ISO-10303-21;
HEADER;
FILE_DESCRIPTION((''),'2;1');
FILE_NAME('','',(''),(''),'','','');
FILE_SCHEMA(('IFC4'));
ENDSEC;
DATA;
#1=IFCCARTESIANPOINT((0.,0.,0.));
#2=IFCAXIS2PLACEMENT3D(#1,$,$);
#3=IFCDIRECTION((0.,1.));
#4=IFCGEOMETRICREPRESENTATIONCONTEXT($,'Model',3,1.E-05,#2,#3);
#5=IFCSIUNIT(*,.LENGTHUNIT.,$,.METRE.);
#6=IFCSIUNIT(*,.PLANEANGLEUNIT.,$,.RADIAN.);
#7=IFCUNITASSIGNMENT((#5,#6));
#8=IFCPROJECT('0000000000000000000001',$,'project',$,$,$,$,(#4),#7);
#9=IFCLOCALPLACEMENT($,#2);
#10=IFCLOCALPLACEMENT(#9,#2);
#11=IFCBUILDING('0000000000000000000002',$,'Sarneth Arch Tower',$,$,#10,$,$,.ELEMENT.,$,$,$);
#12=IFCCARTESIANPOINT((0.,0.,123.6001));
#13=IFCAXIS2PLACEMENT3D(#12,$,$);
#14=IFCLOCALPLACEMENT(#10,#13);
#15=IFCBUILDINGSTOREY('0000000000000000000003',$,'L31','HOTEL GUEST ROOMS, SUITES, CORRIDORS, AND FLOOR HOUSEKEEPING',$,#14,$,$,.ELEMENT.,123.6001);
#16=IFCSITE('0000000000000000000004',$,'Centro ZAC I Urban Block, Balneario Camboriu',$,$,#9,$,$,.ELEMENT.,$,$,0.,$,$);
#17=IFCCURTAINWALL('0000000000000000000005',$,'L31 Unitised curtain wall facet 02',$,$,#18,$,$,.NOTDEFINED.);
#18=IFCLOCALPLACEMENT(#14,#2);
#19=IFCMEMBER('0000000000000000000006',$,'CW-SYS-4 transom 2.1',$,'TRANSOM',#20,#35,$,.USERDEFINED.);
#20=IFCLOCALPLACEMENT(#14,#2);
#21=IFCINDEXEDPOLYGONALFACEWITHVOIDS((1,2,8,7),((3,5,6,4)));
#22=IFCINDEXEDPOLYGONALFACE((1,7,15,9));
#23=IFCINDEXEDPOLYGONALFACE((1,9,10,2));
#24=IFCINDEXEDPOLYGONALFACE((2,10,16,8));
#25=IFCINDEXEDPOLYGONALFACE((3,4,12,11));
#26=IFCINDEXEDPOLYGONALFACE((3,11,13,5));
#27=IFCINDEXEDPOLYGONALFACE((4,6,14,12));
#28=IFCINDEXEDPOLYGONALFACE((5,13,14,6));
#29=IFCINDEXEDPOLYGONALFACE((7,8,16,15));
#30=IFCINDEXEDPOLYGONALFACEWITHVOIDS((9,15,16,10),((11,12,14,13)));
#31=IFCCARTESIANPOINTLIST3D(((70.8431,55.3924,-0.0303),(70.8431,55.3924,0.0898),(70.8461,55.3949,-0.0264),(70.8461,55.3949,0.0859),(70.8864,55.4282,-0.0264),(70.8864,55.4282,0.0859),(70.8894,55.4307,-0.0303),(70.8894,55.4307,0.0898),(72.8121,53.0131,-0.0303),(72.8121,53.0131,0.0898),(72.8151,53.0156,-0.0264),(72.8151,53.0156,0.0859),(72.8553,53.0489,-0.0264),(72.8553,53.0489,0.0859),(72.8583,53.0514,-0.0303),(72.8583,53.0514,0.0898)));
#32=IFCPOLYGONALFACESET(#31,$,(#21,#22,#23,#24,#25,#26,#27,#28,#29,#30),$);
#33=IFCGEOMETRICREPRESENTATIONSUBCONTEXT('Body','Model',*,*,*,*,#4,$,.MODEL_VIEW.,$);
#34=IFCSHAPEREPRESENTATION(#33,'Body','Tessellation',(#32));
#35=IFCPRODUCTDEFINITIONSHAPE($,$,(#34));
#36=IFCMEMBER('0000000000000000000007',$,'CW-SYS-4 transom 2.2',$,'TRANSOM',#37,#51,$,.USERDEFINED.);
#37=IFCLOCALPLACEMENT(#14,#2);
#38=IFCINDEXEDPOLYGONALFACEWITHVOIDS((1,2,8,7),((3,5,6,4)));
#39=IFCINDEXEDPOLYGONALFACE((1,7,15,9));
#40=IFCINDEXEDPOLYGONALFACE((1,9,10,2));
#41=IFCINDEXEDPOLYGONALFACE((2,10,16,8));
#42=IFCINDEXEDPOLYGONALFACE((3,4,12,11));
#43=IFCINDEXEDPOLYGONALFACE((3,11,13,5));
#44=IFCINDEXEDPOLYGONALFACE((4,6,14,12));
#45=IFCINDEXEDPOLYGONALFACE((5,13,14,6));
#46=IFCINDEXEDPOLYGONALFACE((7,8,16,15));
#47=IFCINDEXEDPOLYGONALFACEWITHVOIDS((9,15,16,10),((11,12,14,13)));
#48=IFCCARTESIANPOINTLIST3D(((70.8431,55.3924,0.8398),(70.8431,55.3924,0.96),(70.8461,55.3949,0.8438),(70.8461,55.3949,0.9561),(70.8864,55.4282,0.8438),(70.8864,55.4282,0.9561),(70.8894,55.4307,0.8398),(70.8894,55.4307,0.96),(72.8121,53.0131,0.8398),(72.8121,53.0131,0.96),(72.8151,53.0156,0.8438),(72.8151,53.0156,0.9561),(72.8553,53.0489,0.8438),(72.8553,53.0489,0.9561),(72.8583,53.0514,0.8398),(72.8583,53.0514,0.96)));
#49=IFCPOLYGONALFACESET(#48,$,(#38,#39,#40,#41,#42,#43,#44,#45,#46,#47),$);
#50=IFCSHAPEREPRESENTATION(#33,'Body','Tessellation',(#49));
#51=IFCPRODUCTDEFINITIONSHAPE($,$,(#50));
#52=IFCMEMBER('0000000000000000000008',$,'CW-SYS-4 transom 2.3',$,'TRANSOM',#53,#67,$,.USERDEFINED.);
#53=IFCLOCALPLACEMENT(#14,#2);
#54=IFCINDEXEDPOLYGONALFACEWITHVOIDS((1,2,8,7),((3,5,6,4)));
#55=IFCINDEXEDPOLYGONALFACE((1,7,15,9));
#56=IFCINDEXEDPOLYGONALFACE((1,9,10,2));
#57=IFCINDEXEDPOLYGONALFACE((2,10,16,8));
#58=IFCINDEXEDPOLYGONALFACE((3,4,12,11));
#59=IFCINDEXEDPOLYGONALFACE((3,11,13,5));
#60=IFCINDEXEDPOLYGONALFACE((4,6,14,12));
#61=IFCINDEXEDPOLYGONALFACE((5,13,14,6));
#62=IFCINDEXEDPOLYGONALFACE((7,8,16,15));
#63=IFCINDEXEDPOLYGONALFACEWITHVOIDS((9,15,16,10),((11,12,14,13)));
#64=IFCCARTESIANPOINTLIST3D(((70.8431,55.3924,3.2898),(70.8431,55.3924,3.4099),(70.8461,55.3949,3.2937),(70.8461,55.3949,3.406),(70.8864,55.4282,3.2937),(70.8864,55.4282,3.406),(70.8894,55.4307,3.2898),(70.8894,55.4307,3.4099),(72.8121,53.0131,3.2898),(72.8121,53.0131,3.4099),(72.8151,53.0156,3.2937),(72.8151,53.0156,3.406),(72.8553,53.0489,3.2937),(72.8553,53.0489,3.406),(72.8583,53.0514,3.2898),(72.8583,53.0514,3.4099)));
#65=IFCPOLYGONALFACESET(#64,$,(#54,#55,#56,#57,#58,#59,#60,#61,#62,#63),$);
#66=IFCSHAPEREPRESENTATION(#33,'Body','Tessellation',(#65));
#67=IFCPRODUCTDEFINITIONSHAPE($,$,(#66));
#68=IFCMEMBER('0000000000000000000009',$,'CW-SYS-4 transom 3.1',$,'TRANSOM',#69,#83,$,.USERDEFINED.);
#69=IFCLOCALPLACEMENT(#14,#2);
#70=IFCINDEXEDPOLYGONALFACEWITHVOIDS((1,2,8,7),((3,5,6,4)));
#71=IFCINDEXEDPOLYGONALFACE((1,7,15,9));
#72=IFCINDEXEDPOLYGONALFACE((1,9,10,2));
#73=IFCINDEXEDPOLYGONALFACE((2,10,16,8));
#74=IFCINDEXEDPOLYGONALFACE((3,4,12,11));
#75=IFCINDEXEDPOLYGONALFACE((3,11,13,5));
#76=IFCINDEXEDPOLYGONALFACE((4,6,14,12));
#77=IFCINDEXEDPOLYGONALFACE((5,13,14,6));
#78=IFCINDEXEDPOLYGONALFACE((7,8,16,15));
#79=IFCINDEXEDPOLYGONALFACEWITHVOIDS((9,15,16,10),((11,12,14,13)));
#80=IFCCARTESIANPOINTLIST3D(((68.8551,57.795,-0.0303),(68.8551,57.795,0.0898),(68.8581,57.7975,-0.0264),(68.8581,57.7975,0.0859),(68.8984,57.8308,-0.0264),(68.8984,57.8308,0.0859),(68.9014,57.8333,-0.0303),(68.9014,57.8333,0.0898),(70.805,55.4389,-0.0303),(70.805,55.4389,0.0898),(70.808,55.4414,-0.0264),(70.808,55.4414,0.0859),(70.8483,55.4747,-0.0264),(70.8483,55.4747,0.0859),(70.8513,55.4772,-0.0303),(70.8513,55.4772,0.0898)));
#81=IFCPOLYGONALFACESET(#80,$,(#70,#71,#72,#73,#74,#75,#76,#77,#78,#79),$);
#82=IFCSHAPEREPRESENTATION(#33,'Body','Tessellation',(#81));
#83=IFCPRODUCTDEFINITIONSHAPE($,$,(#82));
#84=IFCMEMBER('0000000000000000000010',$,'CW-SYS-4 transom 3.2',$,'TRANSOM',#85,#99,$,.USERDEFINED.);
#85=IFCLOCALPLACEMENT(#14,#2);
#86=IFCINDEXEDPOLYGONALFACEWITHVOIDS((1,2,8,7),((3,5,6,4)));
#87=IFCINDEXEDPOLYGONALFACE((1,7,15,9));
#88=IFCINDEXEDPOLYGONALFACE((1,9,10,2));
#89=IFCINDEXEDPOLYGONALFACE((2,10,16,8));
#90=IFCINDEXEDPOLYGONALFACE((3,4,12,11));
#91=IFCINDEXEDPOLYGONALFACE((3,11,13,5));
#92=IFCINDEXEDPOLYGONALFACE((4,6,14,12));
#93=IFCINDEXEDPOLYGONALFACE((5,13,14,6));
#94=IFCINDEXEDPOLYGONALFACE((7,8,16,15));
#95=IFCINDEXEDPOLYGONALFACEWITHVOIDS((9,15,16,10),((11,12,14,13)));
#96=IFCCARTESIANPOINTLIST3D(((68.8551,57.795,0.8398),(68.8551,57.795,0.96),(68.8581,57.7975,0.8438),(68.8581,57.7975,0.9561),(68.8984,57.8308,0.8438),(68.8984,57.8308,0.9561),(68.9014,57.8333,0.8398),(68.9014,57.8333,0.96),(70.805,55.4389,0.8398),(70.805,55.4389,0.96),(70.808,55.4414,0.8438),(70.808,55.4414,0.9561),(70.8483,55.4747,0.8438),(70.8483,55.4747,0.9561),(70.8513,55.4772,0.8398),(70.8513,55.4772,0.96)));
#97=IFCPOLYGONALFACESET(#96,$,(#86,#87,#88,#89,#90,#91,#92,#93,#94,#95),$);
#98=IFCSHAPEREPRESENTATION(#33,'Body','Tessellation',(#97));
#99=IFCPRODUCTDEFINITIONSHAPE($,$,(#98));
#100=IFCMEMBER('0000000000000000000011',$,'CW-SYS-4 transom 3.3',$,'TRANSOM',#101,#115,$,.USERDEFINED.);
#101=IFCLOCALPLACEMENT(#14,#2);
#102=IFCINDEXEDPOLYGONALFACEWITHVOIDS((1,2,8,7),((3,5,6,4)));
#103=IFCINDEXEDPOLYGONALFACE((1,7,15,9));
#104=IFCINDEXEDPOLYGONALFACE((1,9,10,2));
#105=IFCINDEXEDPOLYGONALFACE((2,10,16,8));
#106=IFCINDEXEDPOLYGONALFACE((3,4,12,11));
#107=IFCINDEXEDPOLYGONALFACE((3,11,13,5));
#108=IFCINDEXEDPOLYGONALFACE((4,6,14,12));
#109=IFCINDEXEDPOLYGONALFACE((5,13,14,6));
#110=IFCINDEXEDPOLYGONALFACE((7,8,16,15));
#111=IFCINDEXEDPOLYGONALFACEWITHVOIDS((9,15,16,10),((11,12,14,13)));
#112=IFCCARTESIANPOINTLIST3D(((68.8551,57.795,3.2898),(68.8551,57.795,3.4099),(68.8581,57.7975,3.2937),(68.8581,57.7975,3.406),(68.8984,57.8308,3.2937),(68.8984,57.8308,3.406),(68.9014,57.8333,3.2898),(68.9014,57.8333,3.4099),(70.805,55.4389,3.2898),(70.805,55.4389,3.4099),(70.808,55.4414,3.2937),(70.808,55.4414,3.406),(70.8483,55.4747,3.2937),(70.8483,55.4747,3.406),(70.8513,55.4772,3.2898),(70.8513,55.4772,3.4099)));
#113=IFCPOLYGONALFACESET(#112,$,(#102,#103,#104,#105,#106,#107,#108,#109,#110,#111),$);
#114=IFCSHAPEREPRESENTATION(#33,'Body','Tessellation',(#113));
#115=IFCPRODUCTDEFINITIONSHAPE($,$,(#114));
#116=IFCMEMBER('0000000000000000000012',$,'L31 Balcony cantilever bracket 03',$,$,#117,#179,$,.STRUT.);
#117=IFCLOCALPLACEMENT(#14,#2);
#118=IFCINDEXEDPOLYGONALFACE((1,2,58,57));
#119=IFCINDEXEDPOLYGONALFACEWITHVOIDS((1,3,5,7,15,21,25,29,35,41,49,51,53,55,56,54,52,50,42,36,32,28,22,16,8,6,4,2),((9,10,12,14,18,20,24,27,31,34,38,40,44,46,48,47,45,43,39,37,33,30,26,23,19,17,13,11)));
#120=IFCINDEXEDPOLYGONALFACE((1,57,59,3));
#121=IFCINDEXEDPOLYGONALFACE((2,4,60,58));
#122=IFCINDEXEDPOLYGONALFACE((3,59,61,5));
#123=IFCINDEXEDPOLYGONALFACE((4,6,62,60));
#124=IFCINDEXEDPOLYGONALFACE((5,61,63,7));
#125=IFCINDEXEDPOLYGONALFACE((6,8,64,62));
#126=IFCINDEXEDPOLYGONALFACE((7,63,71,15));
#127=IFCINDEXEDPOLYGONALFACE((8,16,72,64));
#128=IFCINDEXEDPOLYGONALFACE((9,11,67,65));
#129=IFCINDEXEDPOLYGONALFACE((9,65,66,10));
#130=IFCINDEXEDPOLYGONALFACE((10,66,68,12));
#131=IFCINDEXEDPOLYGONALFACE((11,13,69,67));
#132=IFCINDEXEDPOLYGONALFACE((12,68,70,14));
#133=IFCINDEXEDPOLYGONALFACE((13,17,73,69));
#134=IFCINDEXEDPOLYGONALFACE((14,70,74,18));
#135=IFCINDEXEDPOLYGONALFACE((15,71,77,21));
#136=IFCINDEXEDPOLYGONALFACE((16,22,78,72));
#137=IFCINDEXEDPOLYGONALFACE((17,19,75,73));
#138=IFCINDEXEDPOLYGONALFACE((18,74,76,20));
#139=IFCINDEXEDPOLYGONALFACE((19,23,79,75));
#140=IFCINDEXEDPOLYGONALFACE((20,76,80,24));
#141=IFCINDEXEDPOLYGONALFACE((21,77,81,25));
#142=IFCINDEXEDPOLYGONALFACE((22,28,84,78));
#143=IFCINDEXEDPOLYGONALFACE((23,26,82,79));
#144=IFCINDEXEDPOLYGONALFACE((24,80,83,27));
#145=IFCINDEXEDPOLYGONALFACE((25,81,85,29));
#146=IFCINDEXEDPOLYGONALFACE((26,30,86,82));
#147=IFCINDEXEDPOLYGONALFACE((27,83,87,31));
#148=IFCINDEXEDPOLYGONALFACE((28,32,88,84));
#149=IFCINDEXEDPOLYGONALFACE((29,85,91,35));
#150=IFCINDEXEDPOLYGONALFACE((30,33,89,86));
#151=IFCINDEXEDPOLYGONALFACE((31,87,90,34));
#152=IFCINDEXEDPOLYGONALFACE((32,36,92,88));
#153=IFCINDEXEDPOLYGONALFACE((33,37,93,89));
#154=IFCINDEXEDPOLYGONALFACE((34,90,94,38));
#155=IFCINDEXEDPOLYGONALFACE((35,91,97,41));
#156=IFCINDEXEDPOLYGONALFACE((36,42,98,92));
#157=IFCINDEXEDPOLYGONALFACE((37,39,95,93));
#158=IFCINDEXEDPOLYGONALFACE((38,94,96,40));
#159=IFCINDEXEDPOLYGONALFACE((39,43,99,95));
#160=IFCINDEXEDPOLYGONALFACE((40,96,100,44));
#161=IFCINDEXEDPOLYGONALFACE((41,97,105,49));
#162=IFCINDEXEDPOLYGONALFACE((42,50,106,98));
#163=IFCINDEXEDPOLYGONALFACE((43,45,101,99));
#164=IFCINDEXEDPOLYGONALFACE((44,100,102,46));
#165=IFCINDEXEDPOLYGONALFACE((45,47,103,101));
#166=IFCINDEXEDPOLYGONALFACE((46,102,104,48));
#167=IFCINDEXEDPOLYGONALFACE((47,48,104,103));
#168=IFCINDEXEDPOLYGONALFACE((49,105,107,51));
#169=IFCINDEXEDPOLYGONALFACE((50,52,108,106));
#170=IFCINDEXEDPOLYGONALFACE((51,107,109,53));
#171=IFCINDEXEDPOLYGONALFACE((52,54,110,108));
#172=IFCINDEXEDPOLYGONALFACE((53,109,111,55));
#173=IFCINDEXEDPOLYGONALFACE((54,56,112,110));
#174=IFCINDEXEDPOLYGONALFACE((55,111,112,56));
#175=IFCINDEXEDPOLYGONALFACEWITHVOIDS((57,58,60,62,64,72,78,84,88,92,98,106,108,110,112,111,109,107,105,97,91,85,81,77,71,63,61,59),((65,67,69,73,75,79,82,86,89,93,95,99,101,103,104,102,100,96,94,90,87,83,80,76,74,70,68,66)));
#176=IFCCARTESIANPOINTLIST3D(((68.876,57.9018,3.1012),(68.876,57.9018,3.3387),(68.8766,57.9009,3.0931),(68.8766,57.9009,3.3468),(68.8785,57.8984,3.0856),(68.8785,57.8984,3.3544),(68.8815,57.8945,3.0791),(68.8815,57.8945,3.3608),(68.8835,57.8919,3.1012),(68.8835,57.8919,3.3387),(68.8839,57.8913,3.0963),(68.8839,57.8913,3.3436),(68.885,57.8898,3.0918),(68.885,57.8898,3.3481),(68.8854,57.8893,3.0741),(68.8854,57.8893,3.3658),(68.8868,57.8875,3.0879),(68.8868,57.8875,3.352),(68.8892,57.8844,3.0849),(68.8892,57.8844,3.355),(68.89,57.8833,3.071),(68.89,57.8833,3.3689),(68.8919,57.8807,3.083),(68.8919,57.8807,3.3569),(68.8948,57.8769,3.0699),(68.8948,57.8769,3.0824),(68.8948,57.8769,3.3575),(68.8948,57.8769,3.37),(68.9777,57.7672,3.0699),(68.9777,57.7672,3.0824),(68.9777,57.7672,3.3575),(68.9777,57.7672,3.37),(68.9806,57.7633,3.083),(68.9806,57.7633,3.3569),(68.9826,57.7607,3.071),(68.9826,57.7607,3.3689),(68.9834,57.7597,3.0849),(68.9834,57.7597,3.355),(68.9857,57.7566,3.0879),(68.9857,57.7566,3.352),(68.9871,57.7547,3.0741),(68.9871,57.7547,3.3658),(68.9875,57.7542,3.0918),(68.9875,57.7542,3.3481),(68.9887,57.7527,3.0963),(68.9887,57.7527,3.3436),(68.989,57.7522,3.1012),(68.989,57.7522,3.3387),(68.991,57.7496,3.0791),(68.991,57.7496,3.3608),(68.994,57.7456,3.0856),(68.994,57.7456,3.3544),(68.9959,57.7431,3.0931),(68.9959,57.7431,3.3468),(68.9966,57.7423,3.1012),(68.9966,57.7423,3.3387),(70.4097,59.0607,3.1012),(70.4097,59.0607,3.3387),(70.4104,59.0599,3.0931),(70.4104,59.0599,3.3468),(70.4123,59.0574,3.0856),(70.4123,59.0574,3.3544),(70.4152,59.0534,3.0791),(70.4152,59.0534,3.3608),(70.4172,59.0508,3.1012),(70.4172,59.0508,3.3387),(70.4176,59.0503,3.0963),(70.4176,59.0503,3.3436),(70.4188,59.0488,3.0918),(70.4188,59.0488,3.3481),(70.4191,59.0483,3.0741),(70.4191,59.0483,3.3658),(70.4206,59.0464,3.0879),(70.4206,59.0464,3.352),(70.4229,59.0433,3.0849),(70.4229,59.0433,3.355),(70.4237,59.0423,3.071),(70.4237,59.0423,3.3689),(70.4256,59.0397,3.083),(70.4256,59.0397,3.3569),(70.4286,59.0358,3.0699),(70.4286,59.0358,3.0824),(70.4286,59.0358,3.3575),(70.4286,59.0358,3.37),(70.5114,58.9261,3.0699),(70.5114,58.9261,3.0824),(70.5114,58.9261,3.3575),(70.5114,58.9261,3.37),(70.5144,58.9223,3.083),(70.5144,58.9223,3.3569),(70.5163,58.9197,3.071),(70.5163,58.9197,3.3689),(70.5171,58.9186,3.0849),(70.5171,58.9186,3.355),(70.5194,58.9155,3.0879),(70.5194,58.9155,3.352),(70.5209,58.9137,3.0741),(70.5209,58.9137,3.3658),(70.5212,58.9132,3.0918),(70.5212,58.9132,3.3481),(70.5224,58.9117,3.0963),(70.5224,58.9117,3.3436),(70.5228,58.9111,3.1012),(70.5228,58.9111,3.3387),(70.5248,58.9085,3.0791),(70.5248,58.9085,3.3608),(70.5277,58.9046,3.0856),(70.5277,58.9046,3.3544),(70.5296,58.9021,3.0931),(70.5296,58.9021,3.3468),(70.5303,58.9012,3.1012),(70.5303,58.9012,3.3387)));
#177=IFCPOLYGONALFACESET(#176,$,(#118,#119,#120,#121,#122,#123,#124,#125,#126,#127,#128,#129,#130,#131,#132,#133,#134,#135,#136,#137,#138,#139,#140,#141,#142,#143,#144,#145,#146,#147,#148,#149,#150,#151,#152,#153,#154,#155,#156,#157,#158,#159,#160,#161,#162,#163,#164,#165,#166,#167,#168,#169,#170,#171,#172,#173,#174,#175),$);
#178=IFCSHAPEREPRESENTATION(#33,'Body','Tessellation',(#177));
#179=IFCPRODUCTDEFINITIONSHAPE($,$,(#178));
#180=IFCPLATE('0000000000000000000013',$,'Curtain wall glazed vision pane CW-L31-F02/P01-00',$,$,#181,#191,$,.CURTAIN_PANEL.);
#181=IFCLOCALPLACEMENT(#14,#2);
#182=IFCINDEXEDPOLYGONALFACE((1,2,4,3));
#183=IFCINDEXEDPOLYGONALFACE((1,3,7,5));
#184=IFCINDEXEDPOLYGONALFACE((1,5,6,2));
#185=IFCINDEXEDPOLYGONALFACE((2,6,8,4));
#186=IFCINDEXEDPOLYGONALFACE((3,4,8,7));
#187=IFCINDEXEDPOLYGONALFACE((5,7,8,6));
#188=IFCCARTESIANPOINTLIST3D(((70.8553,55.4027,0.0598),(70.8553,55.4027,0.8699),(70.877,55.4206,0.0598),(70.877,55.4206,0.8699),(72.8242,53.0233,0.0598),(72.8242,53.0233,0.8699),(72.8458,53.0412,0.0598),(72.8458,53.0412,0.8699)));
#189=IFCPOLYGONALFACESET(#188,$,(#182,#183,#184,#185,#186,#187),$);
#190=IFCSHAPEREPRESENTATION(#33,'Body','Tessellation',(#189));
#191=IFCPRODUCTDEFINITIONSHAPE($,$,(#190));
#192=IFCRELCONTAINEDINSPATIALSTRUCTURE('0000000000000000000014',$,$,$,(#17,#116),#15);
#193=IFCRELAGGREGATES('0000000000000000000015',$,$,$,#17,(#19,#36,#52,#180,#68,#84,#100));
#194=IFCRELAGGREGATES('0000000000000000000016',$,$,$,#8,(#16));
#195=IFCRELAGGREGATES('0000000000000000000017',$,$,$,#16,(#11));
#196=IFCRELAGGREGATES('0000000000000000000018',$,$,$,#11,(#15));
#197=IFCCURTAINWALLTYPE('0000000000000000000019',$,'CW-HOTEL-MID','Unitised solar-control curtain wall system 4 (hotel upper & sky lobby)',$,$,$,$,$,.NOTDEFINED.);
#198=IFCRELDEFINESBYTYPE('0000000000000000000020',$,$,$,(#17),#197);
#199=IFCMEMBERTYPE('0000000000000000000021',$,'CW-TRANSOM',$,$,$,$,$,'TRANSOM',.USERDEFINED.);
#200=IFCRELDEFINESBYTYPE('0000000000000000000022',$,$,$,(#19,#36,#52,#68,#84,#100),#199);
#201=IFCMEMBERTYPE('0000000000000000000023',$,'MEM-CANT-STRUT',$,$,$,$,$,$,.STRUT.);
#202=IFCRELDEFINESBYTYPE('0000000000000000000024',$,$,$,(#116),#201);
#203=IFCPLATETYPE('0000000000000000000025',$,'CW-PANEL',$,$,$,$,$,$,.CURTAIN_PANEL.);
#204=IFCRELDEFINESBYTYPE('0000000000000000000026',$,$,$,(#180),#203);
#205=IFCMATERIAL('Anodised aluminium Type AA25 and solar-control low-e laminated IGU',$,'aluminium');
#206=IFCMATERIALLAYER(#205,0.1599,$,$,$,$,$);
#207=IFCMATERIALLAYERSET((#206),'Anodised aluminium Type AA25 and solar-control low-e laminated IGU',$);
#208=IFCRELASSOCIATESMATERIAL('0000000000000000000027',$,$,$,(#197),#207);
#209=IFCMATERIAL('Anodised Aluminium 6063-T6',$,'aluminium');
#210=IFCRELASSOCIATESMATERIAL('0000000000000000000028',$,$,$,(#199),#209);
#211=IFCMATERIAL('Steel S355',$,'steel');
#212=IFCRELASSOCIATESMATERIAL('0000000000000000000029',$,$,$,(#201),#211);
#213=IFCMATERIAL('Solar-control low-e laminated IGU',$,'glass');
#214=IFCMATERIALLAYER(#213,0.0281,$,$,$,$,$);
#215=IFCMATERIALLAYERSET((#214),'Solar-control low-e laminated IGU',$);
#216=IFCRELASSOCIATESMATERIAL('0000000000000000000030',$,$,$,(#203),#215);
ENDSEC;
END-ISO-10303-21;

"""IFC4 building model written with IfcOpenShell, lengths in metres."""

from ifc_helpers import new_model, si_unit, direction, frame, origin, origin_2d, place, context, subcontext, project, spatial, rectangle, hollow_rectangle, extrude, material, layer, layer_set, material_profile, profile_set, type_object, element, aggregate, save


model = new_model("IFC4")

# Units and contexts
model_context = context("Model", 3, precision=1e-05, world=origin(), true_north=direction((0.0, 1.0)))
body_context = subcontext(model_context, "Body", "Model", "MODEL_VIEW")
ifc_project = project(units=[si_unit("LENGTHUNIT", "METRE"), si_unit("PLANEANGLEUNIT", "RADIAN")], contexts=[model_context])

# Site, building, storey
site_placement = place(None, origin())
site = spatial("IfcSite", under=ifc_project, at=site_placement, Name="Centro ZAC I Urban Block, Balneario Camboriu", CompositionType="ELEMENT", RefElevation=0.0)
building_placement = place(site_placement, origin())
building = spatial("IfcBuilding", under=site, at=building_placement, Name="Sarneth Arch Tower", CompositionType="ELEMENT")
storey_placement = place(building_placement, frame((0.0, 0.0, 123.6001)))
storey = spatial("IfcBuildingStorey", under=building, at=storey_placement, Name="L31", Description="HOTEL GUEST ROOMS, SUITES, CORRIDORS, AND FLOOR HOUSEKEEPING", CompositionType="ELEMENT", Elevation=123.6001)

# Curtain wall, members
ifc_material_1 = material(Name="Anodised aluminium Type AA25 and solar-control low-e laminated IGU", Category="aluminium")
ifc_layer_1 = layer(ifc_material_1, 0.1599)
ifc_layer_set_1 = layer_set([ifc_layer_1], Name="Anodised aluminium Type AA25 and solar-control low-e laminated IGU")
curtain_wall_type = type_object("IfcCurtainWallType", Name="CW-HOTEL-MID", Description="Unitised solar-control curtain wall system 4 (hotel upper & sky lobby)", PredefinedType="NOTDEFINED", material=ifc_layer_set_1)
curtain_wall_placement = place(storey_placement, origin())
curtain_wall = element("IfcCurtainWall", 1, at=curtain_wall_placement, inside=storey, type_object=curtain_wall_type, Name="L31 Unitised curtain wall facet 02", PredefinedType="NOTDEFINED")
ifc_material_2 = material(Name="Anodised Aluminium 6063-T6", Category="aluminium")
ifc_material_profile_1 = material_profile(ifc_material_2, hollow_rectangle(XDim=0.0601, YDim=0.1201, WallThickness=0.0039, at=origin_2d()), Name="AL-TRAN-120x60x4")
ifc_profile_set_1 = profile_set([ifc_material_profile_1], Name="Anodised Aluminium 6063-T6")
member_type_1 = type_object("IfcMemberType", Name="CW-TRANSOM", ElementType="TRANSOM", PredefinedType="USERDEFINED", material=ifc_profile_set_1)
member_1_placement = place(storey_placement, frame((72.8352, 53.0322, 0.0298), z_axis=(-0.637537, 0.77042, 0.0), x_axis=(-0.77042, -0.637537, 0.0)))
member_1 = element("IfcMember", 2, at=member_1_placement, type_object=member_type_1, Name="CW-SYS-4 transom 2.1", ObjectType="TRANSOM", PredefinedType="USERDEFINED", context=body_context, shape_type="SweptSolid", body=[
    extrude(hollow_rectangle(XDim=0.0601, YDim=0.1201, WallThickness=0.0039, at=origin_2d()), origin(), (0.0, 0.0, 1.0), 3.0884),
])
member_2_placement = place(storey_placement, frame((72.8352, 53.0322, 0.8999), z_axis=(-0.637537, 0.77042, 0.0), x_axis=(-0.77042, -0.637537, 0.0)))
member_2 = element("IfcMember", 3, at=member_2_placement, type_object=member_type_1, Name="CW-SYS-4 transom 2.2", ObjectType="TRANSOM", PredefinedType="USERDEFINED", context=body_context, shape_type="SweptSolid", body=[
    extrude(hollow_rectangle(XDim=0.0601, YDim=0.1201, WallThickness=0.0039, at=origin_2d()), origin(), (0.0, 0.0, 1.0), 3.0884),
])
member_3_placement = place(storey_placement, frame((72.8352, 53.0322, 3.3499), z_axis=(-0.637537, 0.77042, 0.0), x_axis=(-0.77042, -0.637537, 0.0)))
member_3 = element("IfcMember", 4, at=member_3_placement, type_object=member_type_1, Name="CW-SYS-4 transom 2.3", ObjectType="TRANSOM", PredefinedType="USERDEFINED", context=body_context, shape_type="SweptSolid", body=[
    extrude(hollow_rectangle(XDim=0.0601, YDim=0.1201, WallThickness=0.0039, at=origin_2d()), origin(), (0.0, 0.0, 1.0), 3.0884),
])
member_4_placement = place(storey_placement, frame((70.8281, 55.458, 0.0298), z_axis=(-0.637566, 0.770396, 0.0), x_axis=(-0.770396, -0.637566, 0.0)))
member_4 = element("IfcMember", 5, at=member_4_placement, type_object=member_type_1, Name="CW-SYS-4 transom 3.1", ObjectType="TRANSOM", PredefinedType="USERDEFINED", context=body_context, shape_type="SweptSolid", body=[
    extrude(hollow_rectangle(XDim=0.0601, YDim=0.1201, WallThickness=0.0039, at=origin_2d()), origin(), (0.0, 0.0, 1.0), 3.0583),
])
member_5_placement = place(storey_placement, frame((70.8281, 55.458, 0.8999), z_axis=(-0.637566, 0.770396, 0.0), x_axis=(-0.770396, -0.637566, 0.0)))
member_5 = element("IfcMember", 6, at=member_5_placement, type_object=member_type_1, Name="CW-SYS-4 transom 3.2", ObjectType="TRANSOM", PredefinedType="USERDEFINED", context=body_context, shape_type="SweptSolid", body=[
    extrude(hollow_rectangle(XDim=0.0601, YDim=0.1201, WallThickness=0.0039, at=origin_2d()), origin(), (0.0, 0.0, 1.0), 3.0583),
])
member_6_placement = place(storey_placement, frame((70.8281, 55.458, 3.3499), z_axis=(-0.637566, 0.770396, 0.0), x_axis=(-0.770396, -0.637566, 0.0)))
member_6 = element("IfcMember", 7, at=member_6_placement, type_object=member_type_1, Name="CW-SYS-4 transom 3.3", ObjectType="TRANSOM", PredefinedType="USERDEFINED", context=body_context, shape_type="SweptSolid", body=[
    extrude(hollow_rectangle(XDim=0.0601, YDim=0.1201, WallThickness=0.0039, at=origin_2d()), origin(), (0.0, 0.0, 1.0), 3.0583),
])

# Member
ifc_material_3 = material(Name="Steel S355", Category="steel")
ifc_material_profile_2 = material_profile(ifc_material_3, hollow_rectangle(XDim=0.2, YDim=0.3, WallThickness=0.0125, InnerFilletRadius=0.0188, OuterFilletRadius=0.0312, at=origin_2d()), Name="RHS300x200x12.5")
ifc_profile_set_2 = profile_set([ifc_material_profile_2], Name="Steel S355")
member_type_2 = type_object("IfcMemberType", Name="MEM-CANT-STRUT", PredefinedType="STRUT", material=ifc_profile_set_2)
member_7_placement = place(storey_placement, frame((68.9363, 57.822, 3.22), z_axis=(0.797831, 0.602882, 0.0), x_axis=(-0.602882, 0.797831, 0.0)))
element("IfcMember", 8, at=member_7_placement, inside=storey, type_object=member_type_2, Name="L31 Balcony cantilever bracket 03", PredefinedType="STRUT", context=body_context, shape_type="SweptSolid", body=[
    extrude(hollow_rectangle(XDim=0.2, YDim=0.3, WallThickness=0.0125, InnerFilletRadius=0.0188, OuterFilletRadius=0.0312, at=origin_2d()), origin(), (0.0, 0.0, 1.0), 1.9224),
])

# Plate
ifc_material_4 = material(Name="Solar-control low-e laminated IGU", Category="glass")
ifc_layer_2 = layer(ifc_material_4, 0.0281)
ifc_layer_set_2 = layer_set([ifc_layer_2], Name="Solar-control low-e laminated IGU")
plate_type_1 = type_object("IfcPlateType", Name="CW-PANEL", PredefinedType="CURTAIN_PANEL", material=ifc_layer_set_2)
plate_1_placement = place(storey_placement, frame((71.8506, 54.2219, 0.0598), z_axis=(0.0, 0.0, 1.0), x_axis=(-0.637515, 0.770438, 0.0)))
plate_1 = element("IfcPlate", 9, at=plate_1_placement, type_object=plate_type_1, Name="Curtain wall glazed vision pane CW-L31-F02/P01-00", PredefinedType="CURTAIN_PANEL", context=body_context, shape_type="SweptSolid", body=[
    extrude(rectangle(XDim=3.0884, YDim=0.0281, at=origin_2d()), origin(), (0.0, 0.0, 1.0), 0.8101),
])
aggregate(curtain_wall, [member_1, member_2, member_3, plate_1, member_4, member_5, member_6])

save(model, "model.ifc")
